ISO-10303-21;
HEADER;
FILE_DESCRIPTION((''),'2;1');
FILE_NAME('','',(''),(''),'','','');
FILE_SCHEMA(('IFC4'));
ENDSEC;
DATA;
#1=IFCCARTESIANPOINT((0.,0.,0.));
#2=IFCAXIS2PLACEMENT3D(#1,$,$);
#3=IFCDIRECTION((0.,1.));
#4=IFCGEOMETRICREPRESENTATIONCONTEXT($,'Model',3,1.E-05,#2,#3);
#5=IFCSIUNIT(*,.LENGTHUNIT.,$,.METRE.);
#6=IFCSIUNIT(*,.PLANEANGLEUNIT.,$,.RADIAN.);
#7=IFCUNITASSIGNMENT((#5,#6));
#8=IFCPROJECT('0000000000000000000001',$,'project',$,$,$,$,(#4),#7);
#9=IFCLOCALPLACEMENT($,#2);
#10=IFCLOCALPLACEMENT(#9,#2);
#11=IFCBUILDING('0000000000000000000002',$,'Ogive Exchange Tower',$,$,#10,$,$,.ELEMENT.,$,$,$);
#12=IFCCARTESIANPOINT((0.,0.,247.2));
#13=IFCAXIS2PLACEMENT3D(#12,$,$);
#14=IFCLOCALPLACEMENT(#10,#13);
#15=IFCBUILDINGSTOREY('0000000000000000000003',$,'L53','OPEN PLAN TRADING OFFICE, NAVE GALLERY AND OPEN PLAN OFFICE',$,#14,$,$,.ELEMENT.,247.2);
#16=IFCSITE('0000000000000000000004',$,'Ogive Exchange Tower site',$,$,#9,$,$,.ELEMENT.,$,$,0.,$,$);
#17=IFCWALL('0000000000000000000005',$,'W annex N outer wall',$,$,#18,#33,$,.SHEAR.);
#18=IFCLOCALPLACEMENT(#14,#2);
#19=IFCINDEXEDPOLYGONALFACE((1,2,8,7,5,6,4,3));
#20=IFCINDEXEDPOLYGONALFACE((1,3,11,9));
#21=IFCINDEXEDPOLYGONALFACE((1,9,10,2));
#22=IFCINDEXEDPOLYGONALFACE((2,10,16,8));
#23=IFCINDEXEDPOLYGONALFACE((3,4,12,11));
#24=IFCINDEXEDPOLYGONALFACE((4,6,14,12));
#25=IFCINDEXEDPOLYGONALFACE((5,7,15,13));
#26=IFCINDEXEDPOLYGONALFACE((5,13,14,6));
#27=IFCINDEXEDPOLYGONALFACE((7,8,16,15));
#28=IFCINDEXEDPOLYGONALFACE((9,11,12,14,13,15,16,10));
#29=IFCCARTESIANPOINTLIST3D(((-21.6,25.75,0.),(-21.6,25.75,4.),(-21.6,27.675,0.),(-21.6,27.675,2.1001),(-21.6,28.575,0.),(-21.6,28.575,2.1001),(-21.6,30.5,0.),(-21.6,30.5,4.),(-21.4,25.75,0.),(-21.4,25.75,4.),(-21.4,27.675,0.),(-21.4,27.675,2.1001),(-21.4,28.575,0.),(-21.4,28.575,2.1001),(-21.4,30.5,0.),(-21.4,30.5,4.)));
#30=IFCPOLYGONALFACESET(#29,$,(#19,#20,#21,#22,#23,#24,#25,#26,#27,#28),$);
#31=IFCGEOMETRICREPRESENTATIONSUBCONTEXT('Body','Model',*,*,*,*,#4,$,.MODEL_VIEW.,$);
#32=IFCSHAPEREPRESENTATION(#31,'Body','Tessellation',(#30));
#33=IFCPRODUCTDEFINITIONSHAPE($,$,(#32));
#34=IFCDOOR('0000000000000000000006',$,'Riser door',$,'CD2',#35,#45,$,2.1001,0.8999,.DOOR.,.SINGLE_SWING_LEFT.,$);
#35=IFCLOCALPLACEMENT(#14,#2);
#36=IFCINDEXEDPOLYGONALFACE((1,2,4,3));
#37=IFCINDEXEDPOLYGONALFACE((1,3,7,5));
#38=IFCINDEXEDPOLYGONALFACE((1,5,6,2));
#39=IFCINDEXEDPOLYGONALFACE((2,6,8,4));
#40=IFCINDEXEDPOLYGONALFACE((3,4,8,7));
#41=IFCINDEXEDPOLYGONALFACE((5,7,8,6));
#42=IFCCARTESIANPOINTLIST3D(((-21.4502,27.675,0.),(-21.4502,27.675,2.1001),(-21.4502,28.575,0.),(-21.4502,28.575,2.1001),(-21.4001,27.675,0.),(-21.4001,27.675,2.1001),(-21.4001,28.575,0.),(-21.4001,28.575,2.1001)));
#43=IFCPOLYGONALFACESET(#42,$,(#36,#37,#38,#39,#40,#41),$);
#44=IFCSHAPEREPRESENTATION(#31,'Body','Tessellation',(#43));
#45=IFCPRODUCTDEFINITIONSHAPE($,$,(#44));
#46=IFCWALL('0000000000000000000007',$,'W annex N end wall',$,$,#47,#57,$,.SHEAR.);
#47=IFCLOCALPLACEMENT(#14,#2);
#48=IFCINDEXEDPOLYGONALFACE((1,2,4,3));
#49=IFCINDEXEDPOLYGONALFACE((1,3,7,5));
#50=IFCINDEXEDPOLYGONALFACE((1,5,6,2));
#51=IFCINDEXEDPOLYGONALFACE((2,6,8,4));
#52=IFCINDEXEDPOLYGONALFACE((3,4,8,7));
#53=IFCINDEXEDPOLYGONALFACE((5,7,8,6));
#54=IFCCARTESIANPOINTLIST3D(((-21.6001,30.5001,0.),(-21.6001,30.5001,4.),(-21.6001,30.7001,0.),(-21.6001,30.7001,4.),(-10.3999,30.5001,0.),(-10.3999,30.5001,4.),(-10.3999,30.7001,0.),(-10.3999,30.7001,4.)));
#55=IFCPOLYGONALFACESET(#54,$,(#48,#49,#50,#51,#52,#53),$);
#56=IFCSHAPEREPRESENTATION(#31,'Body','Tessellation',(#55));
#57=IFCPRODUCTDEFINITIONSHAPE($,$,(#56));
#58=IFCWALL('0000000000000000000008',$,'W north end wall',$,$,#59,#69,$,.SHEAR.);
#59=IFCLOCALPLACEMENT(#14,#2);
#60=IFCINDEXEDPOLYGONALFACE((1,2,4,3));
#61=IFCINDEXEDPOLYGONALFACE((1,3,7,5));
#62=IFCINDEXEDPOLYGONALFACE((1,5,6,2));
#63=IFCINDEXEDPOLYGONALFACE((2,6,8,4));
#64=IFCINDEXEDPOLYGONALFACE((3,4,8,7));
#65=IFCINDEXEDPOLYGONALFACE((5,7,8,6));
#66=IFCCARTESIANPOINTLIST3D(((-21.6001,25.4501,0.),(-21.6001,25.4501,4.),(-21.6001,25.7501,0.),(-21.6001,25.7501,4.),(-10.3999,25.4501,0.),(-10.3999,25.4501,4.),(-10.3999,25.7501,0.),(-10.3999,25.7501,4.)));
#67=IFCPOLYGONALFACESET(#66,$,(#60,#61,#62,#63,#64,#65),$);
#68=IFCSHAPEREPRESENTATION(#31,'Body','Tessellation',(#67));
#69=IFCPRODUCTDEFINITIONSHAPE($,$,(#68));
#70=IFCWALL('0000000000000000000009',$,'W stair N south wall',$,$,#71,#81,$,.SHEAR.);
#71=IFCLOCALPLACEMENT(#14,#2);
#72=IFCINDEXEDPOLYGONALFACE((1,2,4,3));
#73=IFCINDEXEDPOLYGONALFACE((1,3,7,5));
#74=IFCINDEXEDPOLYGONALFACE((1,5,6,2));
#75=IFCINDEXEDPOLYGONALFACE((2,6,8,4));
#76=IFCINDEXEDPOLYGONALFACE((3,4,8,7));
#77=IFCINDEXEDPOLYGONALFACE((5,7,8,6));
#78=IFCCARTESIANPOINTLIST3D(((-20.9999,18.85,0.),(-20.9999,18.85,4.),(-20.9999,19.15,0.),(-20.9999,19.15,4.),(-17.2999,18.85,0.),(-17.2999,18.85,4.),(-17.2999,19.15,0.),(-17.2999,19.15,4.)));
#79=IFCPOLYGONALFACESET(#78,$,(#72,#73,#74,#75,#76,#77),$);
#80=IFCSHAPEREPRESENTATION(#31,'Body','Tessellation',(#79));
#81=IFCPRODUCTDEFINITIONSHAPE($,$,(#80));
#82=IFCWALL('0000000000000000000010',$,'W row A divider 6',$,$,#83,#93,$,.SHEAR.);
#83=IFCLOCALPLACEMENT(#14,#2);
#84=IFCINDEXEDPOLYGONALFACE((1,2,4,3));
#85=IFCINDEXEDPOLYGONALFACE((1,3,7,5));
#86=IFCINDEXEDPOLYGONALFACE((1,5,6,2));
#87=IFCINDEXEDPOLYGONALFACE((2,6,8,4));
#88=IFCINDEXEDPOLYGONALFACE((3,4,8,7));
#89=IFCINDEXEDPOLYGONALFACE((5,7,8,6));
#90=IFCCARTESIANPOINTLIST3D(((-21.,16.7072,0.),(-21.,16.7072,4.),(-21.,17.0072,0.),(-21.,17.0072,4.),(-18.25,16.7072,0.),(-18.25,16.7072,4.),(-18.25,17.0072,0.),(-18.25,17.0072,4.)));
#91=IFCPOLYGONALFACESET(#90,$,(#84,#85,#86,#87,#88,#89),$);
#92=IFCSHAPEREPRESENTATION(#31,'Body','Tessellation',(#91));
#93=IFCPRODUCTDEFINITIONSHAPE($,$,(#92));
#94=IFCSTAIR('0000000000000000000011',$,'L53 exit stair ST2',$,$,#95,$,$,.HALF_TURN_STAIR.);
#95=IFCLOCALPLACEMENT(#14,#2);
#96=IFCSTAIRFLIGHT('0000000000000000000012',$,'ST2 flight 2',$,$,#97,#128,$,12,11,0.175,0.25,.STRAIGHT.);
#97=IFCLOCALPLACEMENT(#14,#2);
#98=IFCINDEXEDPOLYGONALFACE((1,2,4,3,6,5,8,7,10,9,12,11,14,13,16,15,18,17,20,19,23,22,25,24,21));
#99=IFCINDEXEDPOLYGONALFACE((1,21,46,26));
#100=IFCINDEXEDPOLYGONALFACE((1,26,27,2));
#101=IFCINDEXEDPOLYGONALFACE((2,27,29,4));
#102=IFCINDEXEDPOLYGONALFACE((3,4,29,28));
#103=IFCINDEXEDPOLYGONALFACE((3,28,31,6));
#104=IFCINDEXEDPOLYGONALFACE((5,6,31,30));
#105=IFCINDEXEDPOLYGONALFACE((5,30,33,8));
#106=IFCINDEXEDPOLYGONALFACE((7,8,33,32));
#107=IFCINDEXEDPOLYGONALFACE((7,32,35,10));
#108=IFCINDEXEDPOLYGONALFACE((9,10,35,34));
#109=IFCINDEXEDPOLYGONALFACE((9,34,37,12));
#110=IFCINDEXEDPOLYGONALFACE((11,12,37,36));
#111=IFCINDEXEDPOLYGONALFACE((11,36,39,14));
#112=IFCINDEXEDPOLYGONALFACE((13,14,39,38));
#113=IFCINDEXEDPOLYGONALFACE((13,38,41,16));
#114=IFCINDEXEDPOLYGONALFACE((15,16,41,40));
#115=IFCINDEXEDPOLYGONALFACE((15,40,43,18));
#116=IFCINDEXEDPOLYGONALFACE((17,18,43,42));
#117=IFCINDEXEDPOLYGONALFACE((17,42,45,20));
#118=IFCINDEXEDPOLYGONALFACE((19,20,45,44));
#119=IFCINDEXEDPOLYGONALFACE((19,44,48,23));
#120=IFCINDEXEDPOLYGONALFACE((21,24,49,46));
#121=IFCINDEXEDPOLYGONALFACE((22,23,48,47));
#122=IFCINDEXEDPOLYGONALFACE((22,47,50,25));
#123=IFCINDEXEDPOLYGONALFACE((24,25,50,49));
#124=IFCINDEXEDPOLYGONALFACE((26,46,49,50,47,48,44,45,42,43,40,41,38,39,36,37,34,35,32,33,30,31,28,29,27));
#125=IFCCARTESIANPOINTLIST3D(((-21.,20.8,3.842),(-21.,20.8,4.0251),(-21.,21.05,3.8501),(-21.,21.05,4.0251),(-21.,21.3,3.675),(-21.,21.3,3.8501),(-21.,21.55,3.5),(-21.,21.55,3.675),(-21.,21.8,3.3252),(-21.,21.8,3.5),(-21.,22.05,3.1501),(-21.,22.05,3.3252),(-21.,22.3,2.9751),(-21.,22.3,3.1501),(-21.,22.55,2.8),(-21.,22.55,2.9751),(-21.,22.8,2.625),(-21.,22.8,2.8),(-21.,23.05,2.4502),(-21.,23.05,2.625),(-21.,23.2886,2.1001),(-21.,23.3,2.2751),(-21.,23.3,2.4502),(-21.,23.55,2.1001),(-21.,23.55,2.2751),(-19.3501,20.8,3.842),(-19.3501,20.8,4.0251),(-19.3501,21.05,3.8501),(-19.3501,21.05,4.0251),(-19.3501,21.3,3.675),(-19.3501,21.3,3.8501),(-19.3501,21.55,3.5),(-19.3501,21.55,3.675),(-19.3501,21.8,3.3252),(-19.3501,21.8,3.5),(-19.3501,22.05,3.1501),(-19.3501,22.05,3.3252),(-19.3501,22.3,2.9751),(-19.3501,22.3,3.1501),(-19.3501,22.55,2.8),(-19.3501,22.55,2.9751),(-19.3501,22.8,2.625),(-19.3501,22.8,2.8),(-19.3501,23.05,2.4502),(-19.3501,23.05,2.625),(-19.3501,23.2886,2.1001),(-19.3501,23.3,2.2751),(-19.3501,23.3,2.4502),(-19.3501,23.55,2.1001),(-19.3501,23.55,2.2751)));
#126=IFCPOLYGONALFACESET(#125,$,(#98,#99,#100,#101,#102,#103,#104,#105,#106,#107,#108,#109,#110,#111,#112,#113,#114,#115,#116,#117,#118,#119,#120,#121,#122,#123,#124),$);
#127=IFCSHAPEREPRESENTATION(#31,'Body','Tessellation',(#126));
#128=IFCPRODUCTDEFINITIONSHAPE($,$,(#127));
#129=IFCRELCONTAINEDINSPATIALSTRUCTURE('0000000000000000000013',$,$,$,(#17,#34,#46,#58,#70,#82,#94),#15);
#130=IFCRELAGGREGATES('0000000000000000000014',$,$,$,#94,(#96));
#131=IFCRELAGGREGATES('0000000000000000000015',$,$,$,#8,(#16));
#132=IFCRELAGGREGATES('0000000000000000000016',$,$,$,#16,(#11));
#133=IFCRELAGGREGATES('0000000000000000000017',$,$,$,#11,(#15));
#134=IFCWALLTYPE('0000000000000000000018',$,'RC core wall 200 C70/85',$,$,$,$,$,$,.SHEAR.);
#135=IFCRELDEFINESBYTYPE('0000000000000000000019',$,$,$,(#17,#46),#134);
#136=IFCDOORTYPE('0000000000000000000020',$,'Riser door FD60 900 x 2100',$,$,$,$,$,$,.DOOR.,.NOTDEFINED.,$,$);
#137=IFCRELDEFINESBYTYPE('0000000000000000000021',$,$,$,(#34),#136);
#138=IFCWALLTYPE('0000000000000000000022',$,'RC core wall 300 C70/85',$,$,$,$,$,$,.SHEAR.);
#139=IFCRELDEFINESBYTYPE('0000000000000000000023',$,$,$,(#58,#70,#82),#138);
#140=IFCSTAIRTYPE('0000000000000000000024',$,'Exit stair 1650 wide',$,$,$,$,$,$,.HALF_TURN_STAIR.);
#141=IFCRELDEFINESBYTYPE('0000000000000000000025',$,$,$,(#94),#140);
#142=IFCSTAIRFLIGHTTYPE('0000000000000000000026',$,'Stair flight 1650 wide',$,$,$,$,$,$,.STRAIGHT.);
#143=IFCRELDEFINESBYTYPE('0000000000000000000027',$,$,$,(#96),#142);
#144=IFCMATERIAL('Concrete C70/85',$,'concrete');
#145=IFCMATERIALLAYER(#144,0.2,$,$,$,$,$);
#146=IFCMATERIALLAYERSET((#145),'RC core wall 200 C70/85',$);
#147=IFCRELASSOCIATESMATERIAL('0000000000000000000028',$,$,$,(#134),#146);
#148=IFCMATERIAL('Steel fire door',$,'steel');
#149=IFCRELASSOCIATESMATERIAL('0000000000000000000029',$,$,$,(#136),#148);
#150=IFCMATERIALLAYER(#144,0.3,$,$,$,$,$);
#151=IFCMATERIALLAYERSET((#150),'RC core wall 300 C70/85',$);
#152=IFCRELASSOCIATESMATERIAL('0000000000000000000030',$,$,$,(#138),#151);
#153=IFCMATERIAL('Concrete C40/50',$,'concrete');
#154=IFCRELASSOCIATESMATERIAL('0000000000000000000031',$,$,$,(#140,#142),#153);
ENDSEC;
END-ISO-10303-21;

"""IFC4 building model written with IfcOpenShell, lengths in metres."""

from ifc_helpers import new_model, si_unit, direction, frame, frame_2d, origin, place, context, subcontext, project, spatial, polyline, rectangle, outline, extrude, material, layer, layer_set, type_object, element, fill, aggregate, save


model = new_model("IFC4")

# Units and contexts
model_context = context("Model", 3, precision=1e-05, world=origin(), true_north=direction((0.0, 1.0)))
body_context = subcontext(model_context, "Body", "Model", "MODEL_VIEW")
ifc_project = project(units=[si_unit("LENGTHUNIT", "METRE"), si_unit("PLANEANGLEUNIT", "RADIAN")], contexts=[model_context])

# Site, building, storey
site_placement = place(None, origin())
site = spatial("IfcSite", under=ifc_project, at=site_placement, Name="Ogive Exchange Tower site", CompositionType="ELEMENT", RefElevation=0.0)
building_placement = place(site_placement, origin())
building = spatial("IfcBuilding", under=site, at=building_placement, Name="Ogive Exchange Tower", CompositionType="ELEMENT")
storey_placement = place(building_placement, frame((0.0, 0.0, 247.2)))
storey = spatial("IfcBuildingStorey", under=building, at=storey_placement, Name="L53", Description="OPEN PLAN TRADING OFFICE, NAVE GALLERY AND OPEN PLAN OFFICE", CompositionType="ELEMENT", Elevation=247.2)

# Wall, opening, door
ifc_material_1 = material(Name="Concrete C70/85", Category="concrete")
ifc_layer_1 = layer(ifc_material_1, 0.2)
ifc_layer_set_1 = layer_set([ifc_layer_1], Name="RC core wall 200 C70/85")
wall_type_1 = type_object("IfcWallType", Name="RC core wall 200 C70/85", PredefinedType="SHEAR", material=ifc_layer_set_1)
wall_1_placement = place(storey_placement, frame((-21.5, 25.75, 0.0), z_axis=(0.0, 0.0, 1.0), x_axis=(0.0, 1.0, 0.0)))
wall_1 = element("IfcWall", 1, at=wall_1_placement, inside=storey, type_object=wall_type_1, Name="W annex N outer wall", PredefinedType="SHEAR", context=body_context, shape_type="SweptSolid", body=[
    extrude(rectangle(XDim=4.75, YDim=0.2, at=frame_2d((2.375, 0.0))), origin(), (0.0, 0.0, 1.0), 4.0),
])
opening_placement = place(wall_1_placement, frame((1.925, 0.0, 0.0)))
opening = element("IfcOpeningElement", 2, at=opening_placement, cuts=wall_1, PredefinedType="OPENING", context=body_context, shape_type="SweptSolid", body=[
    extrude(rectangle(XDim=0.8999, YDim=2.1001, at=frame_2d((0.45, 1.05))), frame((0.0, 0.1099, 0.0), z_axis=(0.0, -1.0, 0.0), x_axis=(1.0, 0.0, 0.0)), (0.0, 0.0, 1.0), 0.22),
])
ifc_material_2 = material(Name="Steel fire door", Category="steel")
door_type = type_object("IfcDoorType", Name="Riser door FD60 900 x 2100", OperationType="NOTDEFINED", PredefinedType="DOOR", material=ifc_material_2)
door_placement = place(opening_placement, origin())
door = element("IfcDoor", 3, at=door_placement, inside=storey, type_object=door_type, Name="Riser door", ObjectType="CD2", OperationType="SINGLE_SWING_LEFT", OverallHeight=2.1001, OverallWidth=0.8999, PredefinedType="DOOR", context=body_context, shape_type="SweptSolid", body=[
    extrude(rectangle(XDim=0.8999, YDim=2.1001, at=frame_2d((0.45, 1.05))), frame((0.0, -0.0498, 0.0), z_axis=(0.0, -1.0, 0.0), x_axis=(1.0, 0.0, 0.0)), (0.0, 0.0, 1.0), 0.05),
])
fill(opening, door)

# Walls
wall_2_placement = place(storey_placement, frame((-21.6001, 30.6001, 0.0), z_axis=(0.0, 0.0, 1.0), x_axis=(1.0, 0.0, 0.0)))
element("IfcWall", 4, at=wall_2_placement, inside=storey, type_object=wall_type_1, Name="W annex N end wall", PredefinedType="SHEAR", context=body_context, shape_type="SweptSolid", body=[
    extrude(rectangle(XDim=11.2002, YDim=0.2, at=frame_2d((5.6001, 0.0))), origin(), (0.0, 0.0, 1.0), 4.0),
])
ifc_layer_2 = layer(ifc_material_1, 0.3)
ifc_layer_set_2 = layer_set([ifc_layer_2], Name="RC core wall 300 C70/85")
wall_type_2 = type_object("IfcWallType", Name="RC core wall 300 C70/85", PredefinedType="SHEAR", material=ifc_layer_set_2)
wall_3_placement = place(storey_placement, frame((-21.6001, 25.6001, 0.0), z_axis=(0.0, 0.0, 1.0), x_axis=(1.0, 0.0, 0.0)))
element("IfcWall", 5, at=wall_3_placement, inside=storey, type_object=wall_type_2, Name="W north end wall", PredefinedType="SHEAR", context=body_context, shape_type="SweptSolid", body=[
    extrude(rectangle(XDim=11.2002, YDim=0.3, at=frame_2d((5.6001, 0.0))), origin(), (0.0, 0.0, 1.0), 4.0),
])
wall_4_placement = place(storey_placement, frame((-21.0, 19.0, 0.0), z_axis=(0.0, 0.0, 1.0), x_axis=(1.0, 0.0, 0.0)))
element("IfcWall", 6, at=wall_4_placement, inside=storey, type_object=wall_type_2, Name="W stair N south wall", PredefinedType="SHEAR", context=body_context, shape_type="SweptSolid", body=[
    extrude(rectangle(XDim=3.7, YDim=0.3, at=frame_2d((1.8501, 0.0))), origin(), (0.0, 0.0, 1.0), 4.0),
])
wall_5_placement = place(storey_placement, frame((-21.0, 16.8572, 0.0), z_axis=(0.0, 0.0, 1.0), x_axis=(1.0, 0.0, 0.0)))
element("IfcWall", 7, at=wall_5_placement, inside=storey, type_object=wall_type_2, Name="W row A divider 6", PredefinedType="SHEAR", context=body_context, shape_type="SweptSolid", body=[
    extrude(rectangle(XDim=2.75, YDim=0.3, at=frame_2d((1.375, 0.0))), origin(), (0.0, 0.0, 1.0), 4.0),
])

# Stair, stair flight
ifc_material_3 = material(Name="Concrete C40/50", Category="concrete")
stair_type = type_object("IfcStairType", Name="Exit stair 1650 wide", PredefinedType="HALF_TURN_STAIR", material=ifc_material_3)
stair_placement = place(storey_placement, origin())
stair = element("IfcStair", 8, at=stair_placement, inside=storey, type_object=stair_type, Name="L53 exit stair ST2", PredefinedType="HALF_TURN_STAIR")
stair_flight_type = type_object("IfcStairFlightType", Name="Stair flight 1650 wide", PredefinedType="STRAIGHT", material=ifc_material_3)
stair_flight_placement = place(storey_placement, frame((-20.175, 23.55, 2.1001), z_axis=(0.0, 0.0, 1.0), x_axis=(0.0, -1.0, 0.0)))
stair_flight = element("IfcStairFlight", 9, at=stair_flight_placement, type_object=stair_flight_type, Name="ST2 flight 2", NumberOfRisers=12, NumberOfTreads=11, PredefinedType="STRAIGHT", RiserHeight=0.175, TreadLength=0.25, context=body_context, shape_type="SweptSolid", body=[
    extrude(outline(polyline([(0.0, 0.0), (0.0, 0.175), (0.25, 0.175), (0.25, 0.3501), (0.5, 0.3501), (0.5, 0.5249), (0.75, 0.5249), (0.75, 0.7), (1.0, 0.7), (1.0, 0.875), (1.25, 0.875), (1.25, 1.05), (1.5, 1.05), (1.5, 1.2251), (1.75, 1.2251), (1.75, 1.3999), (2.0, 1.3999), (2.0, 1.575), (2.25, 1.575), (2.25, 1.75), (2.5, 1.75), (2.5, 1.925), (2.75, 1.925), (2.75, 2.1001), (2.75, 1.7419), (0.2615, 0.0), (0.0, 0.0)])), frame((0.0, 0.825, 0.0), z_axis=(0.0, -1.0, 0.0), x_axis=(1.0, 0.0, 0.0)), (0.0, 0.0, 1.0), 1.6499),
])
aggregate(stair, [stair_flight])

save(model, "model.ifc")
